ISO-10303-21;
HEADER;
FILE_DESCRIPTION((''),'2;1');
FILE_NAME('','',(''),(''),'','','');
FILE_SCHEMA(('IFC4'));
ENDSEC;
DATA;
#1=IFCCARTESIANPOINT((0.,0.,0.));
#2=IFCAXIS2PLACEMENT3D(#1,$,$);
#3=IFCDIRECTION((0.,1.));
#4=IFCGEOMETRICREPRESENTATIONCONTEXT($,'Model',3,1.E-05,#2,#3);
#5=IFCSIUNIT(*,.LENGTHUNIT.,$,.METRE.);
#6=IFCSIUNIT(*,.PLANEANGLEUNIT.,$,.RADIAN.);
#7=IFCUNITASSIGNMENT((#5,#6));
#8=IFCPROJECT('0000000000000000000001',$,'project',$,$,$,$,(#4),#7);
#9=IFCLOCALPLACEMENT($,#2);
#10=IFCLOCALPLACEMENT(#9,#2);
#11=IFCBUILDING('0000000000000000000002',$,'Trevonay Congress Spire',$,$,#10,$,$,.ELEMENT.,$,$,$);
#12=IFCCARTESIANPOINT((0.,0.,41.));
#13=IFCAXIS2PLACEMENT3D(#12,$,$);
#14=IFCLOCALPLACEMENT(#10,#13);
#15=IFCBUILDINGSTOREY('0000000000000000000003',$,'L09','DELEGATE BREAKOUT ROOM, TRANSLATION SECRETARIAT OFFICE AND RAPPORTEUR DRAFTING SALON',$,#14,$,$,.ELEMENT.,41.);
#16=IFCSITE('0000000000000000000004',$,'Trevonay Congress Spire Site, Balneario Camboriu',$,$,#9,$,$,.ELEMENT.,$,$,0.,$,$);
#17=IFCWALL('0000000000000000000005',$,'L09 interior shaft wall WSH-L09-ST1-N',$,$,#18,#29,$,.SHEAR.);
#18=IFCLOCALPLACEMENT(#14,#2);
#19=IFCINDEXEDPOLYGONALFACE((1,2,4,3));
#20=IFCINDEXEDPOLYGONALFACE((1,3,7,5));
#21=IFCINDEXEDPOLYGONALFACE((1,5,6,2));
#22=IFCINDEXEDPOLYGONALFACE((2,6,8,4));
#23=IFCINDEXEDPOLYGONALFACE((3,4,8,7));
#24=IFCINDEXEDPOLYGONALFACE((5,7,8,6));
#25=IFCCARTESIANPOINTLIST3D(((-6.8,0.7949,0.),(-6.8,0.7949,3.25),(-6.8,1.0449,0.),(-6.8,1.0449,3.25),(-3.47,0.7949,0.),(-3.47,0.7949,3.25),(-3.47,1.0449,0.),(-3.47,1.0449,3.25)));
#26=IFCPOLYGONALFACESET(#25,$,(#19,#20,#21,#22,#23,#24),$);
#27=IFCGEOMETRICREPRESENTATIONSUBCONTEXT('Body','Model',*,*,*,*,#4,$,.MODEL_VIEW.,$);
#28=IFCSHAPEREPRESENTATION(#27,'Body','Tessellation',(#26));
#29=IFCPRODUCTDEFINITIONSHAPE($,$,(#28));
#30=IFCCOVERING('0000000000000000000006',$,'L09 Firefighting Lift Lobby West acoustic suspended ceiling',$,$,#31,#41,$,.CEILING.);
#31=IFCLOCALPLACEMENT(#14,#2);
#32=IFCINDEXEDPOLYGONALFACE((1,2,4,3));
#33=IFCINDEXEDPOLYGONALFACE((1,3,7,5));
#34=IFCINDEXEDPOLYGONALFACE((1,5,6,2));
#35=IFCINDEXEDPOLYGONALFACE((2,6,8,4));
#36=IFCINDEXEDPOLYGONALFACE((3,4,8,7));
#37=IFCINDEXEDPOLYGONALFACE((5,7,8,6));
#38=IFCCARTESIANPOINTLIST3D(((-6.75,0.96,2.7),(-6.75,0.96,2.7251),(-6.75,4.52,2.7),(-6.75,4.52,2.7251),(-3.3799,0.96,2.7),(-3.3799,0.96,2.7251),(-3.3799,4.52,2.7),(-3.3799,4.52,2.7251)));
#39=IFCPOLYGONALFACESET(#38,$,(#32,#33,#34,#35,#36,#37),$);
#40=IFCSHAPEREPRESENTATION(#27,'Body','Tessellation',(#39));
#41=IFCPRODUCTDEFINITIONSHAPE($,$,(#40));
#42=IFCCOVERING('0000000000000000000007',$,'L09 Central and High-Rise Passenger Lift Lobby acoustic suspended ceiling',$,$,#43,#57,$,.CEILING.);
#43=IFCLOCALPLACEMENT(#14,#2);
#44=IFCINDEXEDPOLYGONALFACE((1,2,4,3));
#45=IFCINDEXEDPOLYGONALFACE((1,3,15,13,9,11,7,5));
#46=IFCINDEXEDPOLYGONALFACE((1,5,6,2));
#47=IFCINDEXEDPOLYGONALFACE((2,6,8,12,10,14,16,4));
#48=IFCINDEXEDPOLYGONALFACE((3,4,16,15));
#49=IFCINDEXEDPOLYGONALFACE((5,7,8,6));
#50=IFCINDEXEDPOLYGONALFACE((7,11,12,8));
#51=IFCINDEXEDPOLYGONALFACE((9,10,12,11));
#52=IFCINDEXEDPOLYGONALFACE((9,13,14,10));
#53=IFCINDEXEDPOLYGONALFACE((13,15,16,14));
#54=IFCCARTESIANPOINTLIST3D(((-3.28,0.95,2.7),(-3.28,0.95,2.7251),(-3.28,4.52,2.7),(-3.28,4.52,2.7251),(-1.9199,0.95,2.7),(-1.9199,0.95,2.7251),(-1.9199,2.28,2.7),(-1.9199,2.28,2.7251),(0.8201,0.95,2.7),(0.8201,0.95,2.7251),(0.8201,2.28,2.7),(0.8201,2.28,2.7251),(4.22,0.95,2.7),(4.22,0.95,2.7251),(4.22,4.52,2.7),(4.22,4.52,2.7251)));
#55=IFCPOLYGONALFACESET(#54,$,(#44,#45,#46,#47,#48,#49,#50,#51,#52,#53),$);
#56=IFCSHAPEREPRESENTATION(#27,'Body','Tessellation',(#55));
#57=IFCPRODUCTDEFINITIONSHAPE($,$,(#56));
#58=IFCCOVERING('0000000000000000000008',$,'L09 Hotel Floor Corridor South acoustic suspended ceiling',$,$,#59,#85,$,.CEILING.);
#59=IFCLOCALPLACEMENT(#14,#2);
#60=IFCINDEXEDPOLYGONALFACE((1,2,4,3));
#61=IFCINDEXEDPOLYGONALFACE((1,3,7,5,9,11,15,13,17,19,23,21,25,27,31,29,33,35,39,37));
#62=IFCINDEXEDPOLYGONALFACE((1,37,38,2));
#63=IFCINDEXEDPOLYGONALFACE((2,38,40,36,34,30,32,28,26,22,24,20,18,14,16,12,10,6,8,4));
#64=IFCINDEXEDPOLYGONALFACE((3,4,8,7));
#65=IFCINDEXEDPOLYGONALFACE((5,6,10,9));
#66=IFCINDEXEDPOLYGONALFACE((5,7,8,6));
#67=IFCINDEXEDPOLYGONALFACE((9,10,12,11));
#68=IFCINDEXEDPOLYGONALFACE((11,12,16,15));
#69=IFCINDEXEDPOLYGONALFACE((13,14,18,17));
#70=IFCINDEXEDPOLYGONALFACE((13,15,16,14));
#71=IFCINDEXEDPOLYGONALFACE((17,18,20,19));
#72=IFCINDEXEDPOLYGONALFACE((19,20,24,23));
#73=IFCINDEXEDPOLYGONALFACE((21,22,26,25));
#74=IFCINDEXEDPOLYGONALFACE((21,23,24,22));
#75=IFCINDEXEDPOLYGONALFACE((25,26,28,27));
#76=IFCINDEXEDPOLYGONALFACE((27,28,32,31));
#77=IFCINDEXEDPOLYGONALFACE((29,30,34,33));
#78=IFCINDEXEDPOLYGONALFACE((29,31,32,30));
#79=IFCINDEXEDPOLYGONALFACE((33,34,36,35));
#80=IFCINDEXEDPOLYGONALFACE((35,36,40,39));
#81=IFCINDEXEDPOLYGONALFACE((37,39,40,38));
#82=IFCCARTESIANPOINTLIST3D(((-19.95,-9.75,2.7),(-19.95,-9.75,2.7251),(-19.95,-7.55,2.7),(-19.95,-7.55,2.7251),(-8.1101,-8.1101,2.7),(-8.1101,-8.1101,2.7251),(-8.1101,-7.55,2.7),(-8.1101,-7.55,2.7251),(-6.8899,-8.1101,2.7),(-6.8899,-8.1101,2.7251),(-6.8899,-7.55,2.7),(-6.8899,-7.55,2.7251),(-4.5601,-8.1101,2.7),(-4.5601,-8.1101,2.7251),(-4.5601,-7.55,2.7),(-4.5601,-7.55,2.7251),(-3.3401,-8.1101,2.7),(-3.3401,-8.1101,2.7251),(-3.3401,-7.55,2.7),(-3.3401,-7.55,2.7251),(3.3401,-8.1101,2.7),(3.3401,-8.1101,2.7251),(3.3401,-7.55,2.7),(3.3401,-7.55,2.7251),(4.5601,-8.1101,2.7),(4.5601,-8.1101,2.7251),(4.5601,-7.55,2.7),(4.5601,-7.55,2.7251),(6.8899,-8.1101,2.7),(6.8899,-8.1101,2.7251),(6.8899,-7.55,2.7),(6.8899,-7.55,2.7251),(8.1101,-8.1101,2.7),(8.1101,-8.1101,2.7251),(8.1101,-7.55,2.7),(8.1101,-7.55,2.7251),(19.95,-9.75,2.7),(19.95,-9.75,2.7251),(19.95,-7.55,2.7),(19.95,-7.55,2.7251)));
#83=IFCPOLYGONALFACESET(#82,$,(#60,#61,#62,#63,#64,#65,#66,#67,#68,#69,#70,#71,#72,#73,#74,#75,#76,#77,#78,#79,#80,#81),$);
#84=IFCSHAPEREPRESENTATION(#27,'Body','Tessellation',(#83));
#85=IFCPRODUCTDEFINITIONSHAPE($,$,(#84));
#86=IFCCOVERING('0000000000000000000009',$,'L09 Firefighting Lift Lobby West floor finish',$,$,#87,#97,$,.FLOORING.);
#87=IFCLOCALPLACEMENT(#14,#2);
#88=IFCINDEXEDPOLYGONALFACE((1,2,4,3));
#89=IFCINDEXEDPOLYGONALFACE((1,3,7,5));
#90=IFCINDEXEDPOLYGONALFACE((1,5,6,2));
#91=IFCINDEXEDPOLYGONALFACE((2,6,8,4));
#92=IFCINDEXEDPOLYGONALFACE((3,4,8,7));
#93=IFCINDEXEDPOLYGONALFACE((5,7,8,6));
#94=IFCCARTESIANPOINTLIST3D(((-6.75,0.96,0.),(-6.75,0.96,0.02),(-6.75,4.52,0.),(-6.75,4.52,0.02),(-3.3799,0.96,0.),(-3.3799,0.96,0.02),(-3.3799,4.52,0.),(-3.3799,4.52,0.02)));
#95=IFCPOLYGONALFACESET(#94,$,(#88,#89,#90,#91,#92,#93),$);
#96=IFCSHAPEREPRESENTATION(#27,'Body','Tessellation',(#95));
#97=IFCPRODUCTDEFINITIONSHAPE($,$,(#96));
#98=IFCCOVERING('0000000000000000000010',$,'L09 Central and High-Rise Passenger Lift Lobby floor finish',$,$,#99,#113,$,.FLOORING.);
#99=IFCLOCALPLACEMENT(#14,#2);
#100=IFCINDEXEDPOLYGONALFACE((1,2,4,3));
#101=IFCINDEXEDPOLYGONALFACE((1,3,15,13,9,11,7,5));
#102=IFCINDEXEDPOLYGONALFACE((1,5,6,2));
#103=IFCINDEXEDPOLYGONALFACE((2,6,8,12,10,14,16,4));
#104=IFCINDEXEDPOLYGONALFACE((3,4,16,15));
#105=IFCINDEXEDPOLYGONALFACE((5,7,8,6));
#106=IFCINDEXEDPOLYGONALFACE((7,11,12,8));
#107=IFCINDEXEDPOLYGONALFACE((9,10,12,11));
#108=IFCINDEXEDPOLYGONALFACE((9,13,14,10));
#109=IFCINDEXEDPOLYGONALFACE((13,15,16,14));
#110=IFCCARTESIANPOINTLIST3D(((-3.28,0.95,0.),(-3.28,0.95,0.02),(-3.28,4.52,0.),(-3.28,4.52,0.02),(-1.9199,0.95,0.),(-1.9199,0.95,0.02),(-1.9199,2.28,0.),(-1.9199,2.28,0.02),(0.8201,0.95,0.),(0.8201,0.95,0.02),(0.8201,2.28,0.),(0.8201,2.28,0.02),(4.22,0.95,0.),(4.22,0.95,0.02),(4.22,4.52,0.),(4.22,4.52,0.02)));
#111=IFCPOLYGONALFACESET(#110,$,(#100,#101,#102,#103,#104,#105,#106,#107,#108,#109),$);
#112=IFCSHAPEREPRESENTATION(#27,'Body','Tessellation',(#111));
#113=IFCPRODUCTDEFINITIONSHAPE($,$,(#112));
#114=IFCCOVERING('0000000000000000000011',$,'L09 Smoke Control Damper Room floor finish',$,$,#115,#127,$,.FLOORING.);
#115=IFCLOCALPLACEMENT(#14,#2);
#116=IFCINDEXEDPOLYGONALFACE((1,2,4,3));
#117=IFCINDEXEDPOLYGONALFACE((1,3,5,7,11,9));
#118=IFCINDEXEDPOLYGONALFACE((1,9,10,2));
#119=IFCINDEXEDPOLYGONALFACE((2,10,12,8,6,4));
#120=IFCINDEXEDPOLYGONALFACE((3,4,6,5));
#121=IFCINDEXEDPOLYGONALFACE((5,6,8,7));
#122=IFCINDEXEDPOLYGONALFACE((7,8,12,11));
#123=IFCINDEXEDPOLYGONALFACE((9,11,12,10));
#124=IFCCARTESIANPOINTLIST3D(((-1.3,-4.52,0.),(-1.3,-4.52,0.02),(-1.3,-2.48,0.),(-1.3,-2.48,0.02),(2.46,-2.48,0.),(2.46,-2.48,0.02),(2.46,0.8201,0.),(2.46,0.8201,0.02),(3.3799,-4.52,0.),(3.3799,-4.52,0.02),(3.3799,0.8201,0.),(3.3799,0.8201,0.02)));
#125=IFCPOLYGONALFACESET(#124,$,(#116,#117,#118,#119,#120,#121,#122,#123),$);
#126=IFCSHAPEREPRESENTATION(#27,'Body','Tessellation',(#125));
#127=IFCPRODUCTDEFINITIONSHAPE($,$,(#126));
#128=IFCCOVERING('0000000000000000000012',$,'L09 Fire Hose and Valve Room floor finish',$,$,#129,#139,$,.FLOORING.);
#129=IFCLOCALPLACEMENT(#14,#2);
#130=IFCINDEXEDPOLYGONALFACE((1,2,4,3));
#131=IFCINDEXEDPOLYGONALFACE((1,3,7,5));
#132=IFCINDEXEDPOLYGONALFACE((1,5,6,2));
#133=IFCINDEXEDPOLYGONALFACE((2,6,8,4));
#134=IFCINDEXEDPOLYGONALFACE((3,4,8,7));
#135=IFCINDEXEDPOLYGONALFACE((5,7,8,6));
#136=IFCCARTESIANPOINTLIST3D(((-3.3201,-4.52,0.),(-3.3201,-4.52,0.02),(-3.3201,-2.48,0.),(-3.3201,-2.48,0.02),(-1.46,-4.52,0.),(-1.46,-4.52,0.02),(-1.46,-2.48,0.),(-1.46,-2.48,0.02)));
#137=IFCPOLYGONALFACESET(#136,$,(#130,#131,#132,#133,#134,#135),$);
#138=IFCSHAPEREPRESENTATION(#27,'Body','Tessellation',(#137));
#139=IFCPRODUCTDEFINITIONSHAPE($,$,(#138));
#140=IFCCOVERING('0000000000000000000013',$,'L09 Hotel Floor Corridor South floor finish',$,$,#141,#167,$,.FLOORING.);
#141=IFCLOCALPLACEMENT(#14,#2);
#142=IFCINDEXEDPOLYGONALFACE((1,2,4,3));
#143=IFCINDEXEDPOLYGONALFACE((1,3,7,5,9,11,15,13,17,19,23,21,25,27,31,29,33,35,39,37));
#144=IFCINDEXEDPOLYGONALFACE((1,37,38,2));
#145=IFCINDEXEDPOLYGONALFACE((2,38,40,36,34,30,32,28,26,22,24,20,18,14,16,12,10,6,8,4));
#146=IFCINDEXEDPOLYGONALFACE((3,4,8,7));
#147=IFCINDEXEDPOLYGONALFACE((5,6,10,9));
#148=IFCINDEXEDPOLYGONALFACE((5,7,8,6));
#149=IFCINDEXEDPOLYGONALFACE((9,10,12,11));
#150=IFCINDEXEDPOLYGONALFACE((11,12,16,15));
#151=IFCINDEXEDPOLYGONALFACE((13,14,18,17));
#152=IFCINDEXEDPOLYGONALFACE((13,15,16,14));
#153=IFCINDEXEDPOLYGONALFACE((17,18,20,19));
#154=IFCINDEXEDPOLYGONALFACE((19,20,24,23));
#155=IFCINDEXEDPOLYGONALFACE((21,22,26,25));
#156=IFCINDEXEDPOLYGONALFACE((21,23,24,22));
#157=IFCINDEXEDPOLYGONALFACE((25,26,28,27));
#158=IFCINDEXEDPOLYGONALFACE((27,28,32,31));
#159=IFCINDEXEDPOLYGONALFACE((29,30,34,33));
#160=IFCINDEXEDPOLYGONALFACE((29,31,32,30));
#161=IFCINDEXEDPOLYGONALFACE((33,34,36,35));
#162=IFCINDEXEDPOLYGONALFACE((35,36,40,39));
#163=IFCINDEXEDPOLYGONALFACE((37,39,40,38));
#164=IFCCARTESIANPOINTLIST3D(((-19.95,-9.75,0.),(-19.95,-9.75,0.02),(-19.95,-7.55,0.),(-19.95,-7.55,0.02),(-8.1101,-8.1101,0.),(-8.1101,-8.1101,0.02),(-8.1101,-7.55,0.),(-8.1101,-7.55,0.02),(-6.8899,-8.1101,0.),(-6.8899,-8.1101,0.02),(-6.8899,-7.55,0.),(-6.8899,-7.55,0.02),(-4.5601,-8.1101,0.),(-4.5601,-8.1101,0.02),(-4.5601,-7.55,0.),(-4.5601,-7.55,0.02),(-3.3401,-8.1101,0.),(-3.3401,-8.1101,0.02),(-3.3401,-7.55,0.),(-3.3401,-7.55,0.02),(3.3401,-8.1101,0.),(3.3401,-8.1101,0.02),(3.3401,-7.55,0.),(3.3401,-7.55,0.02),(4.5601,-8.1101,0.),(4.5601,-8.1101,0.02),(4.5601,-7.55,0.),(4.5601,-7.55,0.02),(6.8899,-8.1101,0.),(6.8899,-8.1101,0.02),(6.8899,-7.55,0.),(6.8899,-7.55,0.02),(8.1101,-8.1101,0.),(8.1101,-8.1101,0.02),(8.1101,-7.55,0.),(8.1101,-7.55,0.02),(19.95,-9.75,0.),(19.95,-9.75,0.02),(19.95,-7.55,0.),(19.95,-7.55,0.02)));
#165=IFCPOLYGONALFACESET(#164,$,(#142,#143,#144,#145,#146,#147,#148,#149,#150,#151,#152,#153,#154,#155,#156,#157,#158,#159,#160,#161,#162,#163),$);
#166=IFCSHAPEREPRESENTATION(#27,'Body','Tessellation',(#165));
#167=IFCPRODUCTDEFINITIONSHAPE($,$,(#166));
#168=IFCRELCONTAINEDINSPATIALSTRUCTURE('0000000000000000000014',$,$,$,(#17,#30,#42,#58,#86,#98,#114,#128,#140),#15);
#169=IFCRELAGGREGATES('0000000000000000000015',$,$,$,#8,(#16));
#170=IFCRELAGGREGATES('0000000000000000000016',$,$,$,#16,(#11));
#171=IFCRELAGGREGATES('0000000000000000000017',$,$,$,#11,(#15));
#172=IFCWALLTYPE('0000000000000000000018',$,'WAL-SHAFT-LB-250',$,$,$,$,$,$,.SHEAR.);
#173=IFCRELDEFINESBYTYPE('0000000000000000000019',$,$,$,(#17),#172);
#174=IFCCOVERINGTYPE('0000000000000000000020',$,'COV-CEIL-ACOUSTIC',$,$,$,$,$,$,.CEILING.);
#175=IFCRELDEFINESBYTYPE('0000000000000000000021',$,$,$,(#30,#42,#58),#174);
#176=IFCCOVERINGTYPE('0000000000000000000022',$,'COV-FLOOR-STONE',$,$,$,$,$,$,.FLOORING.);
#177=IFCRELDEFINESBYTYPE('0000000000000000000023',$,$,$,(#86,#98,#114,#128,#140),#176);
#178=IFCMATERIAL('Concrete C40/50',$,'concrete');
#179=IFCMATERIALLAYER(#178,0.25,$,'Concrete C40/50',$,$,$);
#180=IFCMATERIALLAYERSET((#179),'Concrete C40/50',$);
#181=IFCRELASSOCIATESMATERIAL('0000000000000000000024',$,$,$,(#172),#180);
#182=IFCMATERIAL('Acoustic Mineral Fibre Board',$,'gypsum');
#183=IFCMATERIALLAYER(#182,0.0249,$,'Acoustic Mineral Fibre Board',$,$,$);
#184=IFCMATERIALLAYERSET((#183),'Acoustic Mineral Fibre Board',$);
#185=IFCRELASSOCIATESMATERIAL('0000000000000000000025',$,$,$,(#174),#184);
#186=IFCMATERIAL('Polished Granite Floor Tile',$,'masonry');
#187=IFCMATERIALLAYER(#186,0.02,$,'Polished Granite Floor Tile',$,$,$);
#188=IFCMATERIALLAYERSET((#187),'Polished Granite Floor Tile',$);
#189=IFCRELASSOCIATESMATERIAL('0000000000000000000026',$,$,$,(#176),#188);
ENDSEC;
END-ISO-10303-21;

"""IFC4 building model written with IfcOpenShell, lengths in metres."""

from ifc_helpers import new_model, si_unit, direction, frame, frame_2d, origin, place, context, subcontext, project, spatial, polyline, rectangle, outline, extrude, material, layer, layer_set, type_object, element, save


model = new_model("IFC4")

# Units and contexts
model_context = context("Model", 3, precision=1e-05, world=origin(), true_north=direction((0.0, 1.0)))
body_context = subcontext(model_context, "Body", "Model", "MODEL_VIEW")
ifc_project = project(units=[si_unit("LENGTHUNIT", "METRE"), si_unit("PLANEANGLEUNIT", "RADIAN")], contexts=[model_context])

# Site, building, storey
site_placement = place(None, origin())
site = spatial("IfcSite", under=ifc_project, at=site_placement, Name="Trevonay Congress Spire Site, Balneario Camboriu", CompositionType="ELEMENT", RefElevation=0.0)
building_placement = place(site_placement, origin())
building = spatial("IfcBuilding", under=site, at=building_placement, Name="Trevonay Congress Spire", CompositionType="ELEMENT")
storey_placement = place(building_placement, frame((0.0, 0.0, 41.0)))
storey = spatial("IfcBuildingStorey", under=building, at=storey_placement, Name="L09", Description="DELEGATE BREAKOUT ROOM, TRANSLATION SECRETARIAT OFFICE AND RAPPORTEUR DRAFTING SALON", CompositionType="ELEMENT", Elevation=41.0)

# Shared definitions
ifc_material_1 = material(Name="Concrete C40/50", Category="concrete")

# Wall
ifc_layer_1 = layer(ifc_material_1, 0.25, Name="Concrete C40/50")
ifc_layer_set_1 = layer_set([ifc_layer_1], Name="Concrete C40/50")
wall_type_1 = type_object("IfcWallType", Name="WAL-SHAFT-LB-250", PredefinedType="SHEAR", material=ifc_layer_set_1)
wall_1_placement = place(storey_placement, frame((-6.8, 0.9199, 0.0), z_axis=(0.0, 0.0, 1.0), x_axis=(1.0, 0.0, 0.0)))
element("IfcWall", 1, at=wall_1_placement, inside=storey, type_object=wall_type_1, Name="L09 interior shaft wall WSH-L09-ST1-N", PredefinedType="SHEAR", context=body_context, shape_type="SweptSolid", body=[
    extrude(rectangle(XDim=3.3301, YDim=0.25, at=frame_2d((1.665, 0.0))), origin(), (0.0, 0.0, 1.0), 3.25),
])

# Coverings
ifc_material_2 = material(Name="Acoustic Mineral Fibre Board", Category="gypsum")
ifc_layer_2 = layer(ifc_material_2, 0.0249, Name="Acoustic Mineral Fibre Board")
ifc_layer_set_2 = layer_set([ifc_layer_2], Name="Acoustic Mineral Fibre Board")
covering_type_1 = type_object("IfcCoveringType", Name="COV-CEIL-ACOUSTIC", PredefinedType="CEILING", material=ifc_layer_set_2)
covering_1_placement = place(storey_placement, frame((0.0, 0.0, 2.7)))
element("IfcCovering", 2, at=covering_1_placement, inside=storey, type_object=covering_type_1, Name="L09 Firefighting Lift Lobby West acoustic suspended ceiling", PredefinedType="CEILING", context=body_context, shape_type="SweptSolid", body=[
    extrude(outline(polyline([(-6.75, 0.96), (-3.3799, 0.96), (-3.3799, 4.52), (-6.75, 4.52), (-6.75, 0.96)])), origin(), (0.0, 0.0, 1.0), 0.0251),
])
covering_2_placement = place(storey_placement, frame((0.0, 0.0, 2.7)))
element("IfcCovering", 3, at=covering_2_placement, inside=storey, type_object=covering_type_1, Name="L09 Central and High-Rise Passenger Lift Lobby acoustic suspended ceiling", PredefinedType="CEILING", context=body_context, shape_type="SweptSolid", body=[
    extrude(outline(polyline([(-3.28, 0.95), (-1.9199, 0.95), (-1.9199, 2.28), (0.8201, 2.28), (0.8201, 0.95), (4.22, 0.95), (4.22, 4.52), (-3.28, 4.52), (-3.28, 0.95)])), origin(), (0.0, 0.0, 1.0), 0.0251),
])
covering_3_placement = place(storey_placement, frame((0.0, 0.0, 2.7)))
element("IfcCovering", 4, at=covering_3_placement, inside=storey, type_object=covering_type_1, Name="L09 Hotel Floor Corridor South acoustic suspended ceiling", PredefinedType="CEILING", context=body_context, shape_type="SweptSolid", body=[
    extrude(outline(polyline([(19.95, -7.55), (19.95, -9.75), (-19.95, -9.75), (-19.95, -7.55), (-8.1101, -7.55), (-8.1101, -8.1101), (-6.8899, -8.1101), (-6.8899, -7.55), (-4.5601, -7.55), (-4.5601, -8.1101), (-3.3401, -8.1101), (-3.3401, -7.55), (3.3401, -7.55), (3.3401, -8.1101), (4.5601, -8.1101), (4.5601, -7.55), (6.8899, -7.55), (6.8899, -8.1101), (8.1101, -8.1101), (8.1101, -7.55), (19.95, -7.55)])), origin(), (0.0, 0.0, 1.0), 0.0251),
])
ifc_material_3 = material(Name="Polished Granite Floor Tile", Category="masonry")
ifc_layer_3 = layer(ifc_material_3, 0.02, Name="Polished Granite Floor Tile")
ifc_layer_set_3 = layer_set([ifc_layer_3], Name="Polished Granite Floor Tile")
covering_type_2 = type_object("IfcCoveringType", Name="COV-FLOOR-STONE", PredefinedType="FLOORING", material=ifc_layer_set_3)
covering_4_placement = place(storey_placement, origin())
element("IfcCovering", 5, at=covering_4_placement, inside=storey, type_object=covering_type_2, Name="L09 Firefighting Lift Lobby West floor finish", PredefinedType="FLOORING", context=body_context, shape_type="SweptSolid", body=[
    extrude(outline(polyline([(-6.75, 0.96), (-3.3799, 0.96), (-3.3799, 4.52), (-6.75, 4.52), (-6.75, 0.96)])), origin(), (0.0, 0.0, 1.0), 0.02),
])
covering_5_placement = place(storey_placement, origin())
element("IfcCovering", 6, at=covering_5_placement, inside=storey, type_object=covering_type_2, Name="L09 Central and High-Rise Passenger Lift Lobby floor finish", PredefinedType="FLOORING", context=body_context, shape_type="SweptSolid", body=[
    extrude(outline(polyline([(-3.28, 0.95), (-1.9199, 0.95), (-1.9199, 2.28), (0.8201, 2.28), (0.8201, 0.95), (4.22, 0.95), (4.22, 4.52), (-3.28, 4.52), (-3.28, 0.95)])), origin(), (0.0, 0.0, 1.0), 0.02),
])
covering_6_placement = place(storey_placement, origin())
element("IfcCovering", 7, at=covering_6_placement, inside=storey, type_object=covering_type_2, Name="L09 Smoke Control Damper Room floor finish", PredefinedType="FLOORING", context=body_context, shape_type="SweptSolid", body=[
    extrude(outline(polyline([(-1.3, -4.52), (3.3799, -4.52), (3.3799, 0.8201), (2.46, 0.8201), (2.46, -2.48), (-1.3, -2.48), (-1.3, -4.52)])), origin(), (0.0, 0.0, 1.0), 0.02),
])
covering_7_placement = place(storey_placement, origin())
element("IfcCovering", 8, at=covering_7_placement, inside=storey, type_object=covering_type_2, Name="L09 Fire Hose and Valve Room floor finish", PredefinedType="FLOORING", context=body_context, shape_type="SweptSolid", body=[
    extrude(outline(polyline([(-3.3201, -4.52), (-1.46, -4.52), (-1.46, -2.48), (-3.3201, -2.48), (-3.3201, -4.52)])), origin(), (0.0, 0.0, 1.0), 0.02),
])
covering_8_placement = place(storey_placement, origin())
element("IfcCovering", 9, at=covering_8_placement, inside=storey, type_object=covering_type_2, Name="L09 Hotel Floor Corridor South floor finish", PredefinedType="FLOORING", context=body_context, shape_type="SweptSolid", body=[
    extrude(outline(polyline([(19.95, -7.55), (19.95, -9.75), (-19.95, -9.75), (-19.95, -7.55), (-8.1101, -7.55), (-8.1101, -8.1101), (-6.8899, -8.1101), (-6.8899, -7.55), (-4.5601, -7.55), (-4.5601, -8.1101), (-3.3401, -8.1101), (-3.3401, -7.55), (3.3401, -7.55), (3.3401, -8.1101), (4.5601, -8.1101), (4.5601, -7.55), (6.8899, -7.55), (6.8899, -8.1101), (8.1101, -8.1101), (8.1101, -7.55), (19.95, -7.55)])), origin(), (0.0, 0.0, 1.0), 0.02),
])

save(model, "model.ifc")
